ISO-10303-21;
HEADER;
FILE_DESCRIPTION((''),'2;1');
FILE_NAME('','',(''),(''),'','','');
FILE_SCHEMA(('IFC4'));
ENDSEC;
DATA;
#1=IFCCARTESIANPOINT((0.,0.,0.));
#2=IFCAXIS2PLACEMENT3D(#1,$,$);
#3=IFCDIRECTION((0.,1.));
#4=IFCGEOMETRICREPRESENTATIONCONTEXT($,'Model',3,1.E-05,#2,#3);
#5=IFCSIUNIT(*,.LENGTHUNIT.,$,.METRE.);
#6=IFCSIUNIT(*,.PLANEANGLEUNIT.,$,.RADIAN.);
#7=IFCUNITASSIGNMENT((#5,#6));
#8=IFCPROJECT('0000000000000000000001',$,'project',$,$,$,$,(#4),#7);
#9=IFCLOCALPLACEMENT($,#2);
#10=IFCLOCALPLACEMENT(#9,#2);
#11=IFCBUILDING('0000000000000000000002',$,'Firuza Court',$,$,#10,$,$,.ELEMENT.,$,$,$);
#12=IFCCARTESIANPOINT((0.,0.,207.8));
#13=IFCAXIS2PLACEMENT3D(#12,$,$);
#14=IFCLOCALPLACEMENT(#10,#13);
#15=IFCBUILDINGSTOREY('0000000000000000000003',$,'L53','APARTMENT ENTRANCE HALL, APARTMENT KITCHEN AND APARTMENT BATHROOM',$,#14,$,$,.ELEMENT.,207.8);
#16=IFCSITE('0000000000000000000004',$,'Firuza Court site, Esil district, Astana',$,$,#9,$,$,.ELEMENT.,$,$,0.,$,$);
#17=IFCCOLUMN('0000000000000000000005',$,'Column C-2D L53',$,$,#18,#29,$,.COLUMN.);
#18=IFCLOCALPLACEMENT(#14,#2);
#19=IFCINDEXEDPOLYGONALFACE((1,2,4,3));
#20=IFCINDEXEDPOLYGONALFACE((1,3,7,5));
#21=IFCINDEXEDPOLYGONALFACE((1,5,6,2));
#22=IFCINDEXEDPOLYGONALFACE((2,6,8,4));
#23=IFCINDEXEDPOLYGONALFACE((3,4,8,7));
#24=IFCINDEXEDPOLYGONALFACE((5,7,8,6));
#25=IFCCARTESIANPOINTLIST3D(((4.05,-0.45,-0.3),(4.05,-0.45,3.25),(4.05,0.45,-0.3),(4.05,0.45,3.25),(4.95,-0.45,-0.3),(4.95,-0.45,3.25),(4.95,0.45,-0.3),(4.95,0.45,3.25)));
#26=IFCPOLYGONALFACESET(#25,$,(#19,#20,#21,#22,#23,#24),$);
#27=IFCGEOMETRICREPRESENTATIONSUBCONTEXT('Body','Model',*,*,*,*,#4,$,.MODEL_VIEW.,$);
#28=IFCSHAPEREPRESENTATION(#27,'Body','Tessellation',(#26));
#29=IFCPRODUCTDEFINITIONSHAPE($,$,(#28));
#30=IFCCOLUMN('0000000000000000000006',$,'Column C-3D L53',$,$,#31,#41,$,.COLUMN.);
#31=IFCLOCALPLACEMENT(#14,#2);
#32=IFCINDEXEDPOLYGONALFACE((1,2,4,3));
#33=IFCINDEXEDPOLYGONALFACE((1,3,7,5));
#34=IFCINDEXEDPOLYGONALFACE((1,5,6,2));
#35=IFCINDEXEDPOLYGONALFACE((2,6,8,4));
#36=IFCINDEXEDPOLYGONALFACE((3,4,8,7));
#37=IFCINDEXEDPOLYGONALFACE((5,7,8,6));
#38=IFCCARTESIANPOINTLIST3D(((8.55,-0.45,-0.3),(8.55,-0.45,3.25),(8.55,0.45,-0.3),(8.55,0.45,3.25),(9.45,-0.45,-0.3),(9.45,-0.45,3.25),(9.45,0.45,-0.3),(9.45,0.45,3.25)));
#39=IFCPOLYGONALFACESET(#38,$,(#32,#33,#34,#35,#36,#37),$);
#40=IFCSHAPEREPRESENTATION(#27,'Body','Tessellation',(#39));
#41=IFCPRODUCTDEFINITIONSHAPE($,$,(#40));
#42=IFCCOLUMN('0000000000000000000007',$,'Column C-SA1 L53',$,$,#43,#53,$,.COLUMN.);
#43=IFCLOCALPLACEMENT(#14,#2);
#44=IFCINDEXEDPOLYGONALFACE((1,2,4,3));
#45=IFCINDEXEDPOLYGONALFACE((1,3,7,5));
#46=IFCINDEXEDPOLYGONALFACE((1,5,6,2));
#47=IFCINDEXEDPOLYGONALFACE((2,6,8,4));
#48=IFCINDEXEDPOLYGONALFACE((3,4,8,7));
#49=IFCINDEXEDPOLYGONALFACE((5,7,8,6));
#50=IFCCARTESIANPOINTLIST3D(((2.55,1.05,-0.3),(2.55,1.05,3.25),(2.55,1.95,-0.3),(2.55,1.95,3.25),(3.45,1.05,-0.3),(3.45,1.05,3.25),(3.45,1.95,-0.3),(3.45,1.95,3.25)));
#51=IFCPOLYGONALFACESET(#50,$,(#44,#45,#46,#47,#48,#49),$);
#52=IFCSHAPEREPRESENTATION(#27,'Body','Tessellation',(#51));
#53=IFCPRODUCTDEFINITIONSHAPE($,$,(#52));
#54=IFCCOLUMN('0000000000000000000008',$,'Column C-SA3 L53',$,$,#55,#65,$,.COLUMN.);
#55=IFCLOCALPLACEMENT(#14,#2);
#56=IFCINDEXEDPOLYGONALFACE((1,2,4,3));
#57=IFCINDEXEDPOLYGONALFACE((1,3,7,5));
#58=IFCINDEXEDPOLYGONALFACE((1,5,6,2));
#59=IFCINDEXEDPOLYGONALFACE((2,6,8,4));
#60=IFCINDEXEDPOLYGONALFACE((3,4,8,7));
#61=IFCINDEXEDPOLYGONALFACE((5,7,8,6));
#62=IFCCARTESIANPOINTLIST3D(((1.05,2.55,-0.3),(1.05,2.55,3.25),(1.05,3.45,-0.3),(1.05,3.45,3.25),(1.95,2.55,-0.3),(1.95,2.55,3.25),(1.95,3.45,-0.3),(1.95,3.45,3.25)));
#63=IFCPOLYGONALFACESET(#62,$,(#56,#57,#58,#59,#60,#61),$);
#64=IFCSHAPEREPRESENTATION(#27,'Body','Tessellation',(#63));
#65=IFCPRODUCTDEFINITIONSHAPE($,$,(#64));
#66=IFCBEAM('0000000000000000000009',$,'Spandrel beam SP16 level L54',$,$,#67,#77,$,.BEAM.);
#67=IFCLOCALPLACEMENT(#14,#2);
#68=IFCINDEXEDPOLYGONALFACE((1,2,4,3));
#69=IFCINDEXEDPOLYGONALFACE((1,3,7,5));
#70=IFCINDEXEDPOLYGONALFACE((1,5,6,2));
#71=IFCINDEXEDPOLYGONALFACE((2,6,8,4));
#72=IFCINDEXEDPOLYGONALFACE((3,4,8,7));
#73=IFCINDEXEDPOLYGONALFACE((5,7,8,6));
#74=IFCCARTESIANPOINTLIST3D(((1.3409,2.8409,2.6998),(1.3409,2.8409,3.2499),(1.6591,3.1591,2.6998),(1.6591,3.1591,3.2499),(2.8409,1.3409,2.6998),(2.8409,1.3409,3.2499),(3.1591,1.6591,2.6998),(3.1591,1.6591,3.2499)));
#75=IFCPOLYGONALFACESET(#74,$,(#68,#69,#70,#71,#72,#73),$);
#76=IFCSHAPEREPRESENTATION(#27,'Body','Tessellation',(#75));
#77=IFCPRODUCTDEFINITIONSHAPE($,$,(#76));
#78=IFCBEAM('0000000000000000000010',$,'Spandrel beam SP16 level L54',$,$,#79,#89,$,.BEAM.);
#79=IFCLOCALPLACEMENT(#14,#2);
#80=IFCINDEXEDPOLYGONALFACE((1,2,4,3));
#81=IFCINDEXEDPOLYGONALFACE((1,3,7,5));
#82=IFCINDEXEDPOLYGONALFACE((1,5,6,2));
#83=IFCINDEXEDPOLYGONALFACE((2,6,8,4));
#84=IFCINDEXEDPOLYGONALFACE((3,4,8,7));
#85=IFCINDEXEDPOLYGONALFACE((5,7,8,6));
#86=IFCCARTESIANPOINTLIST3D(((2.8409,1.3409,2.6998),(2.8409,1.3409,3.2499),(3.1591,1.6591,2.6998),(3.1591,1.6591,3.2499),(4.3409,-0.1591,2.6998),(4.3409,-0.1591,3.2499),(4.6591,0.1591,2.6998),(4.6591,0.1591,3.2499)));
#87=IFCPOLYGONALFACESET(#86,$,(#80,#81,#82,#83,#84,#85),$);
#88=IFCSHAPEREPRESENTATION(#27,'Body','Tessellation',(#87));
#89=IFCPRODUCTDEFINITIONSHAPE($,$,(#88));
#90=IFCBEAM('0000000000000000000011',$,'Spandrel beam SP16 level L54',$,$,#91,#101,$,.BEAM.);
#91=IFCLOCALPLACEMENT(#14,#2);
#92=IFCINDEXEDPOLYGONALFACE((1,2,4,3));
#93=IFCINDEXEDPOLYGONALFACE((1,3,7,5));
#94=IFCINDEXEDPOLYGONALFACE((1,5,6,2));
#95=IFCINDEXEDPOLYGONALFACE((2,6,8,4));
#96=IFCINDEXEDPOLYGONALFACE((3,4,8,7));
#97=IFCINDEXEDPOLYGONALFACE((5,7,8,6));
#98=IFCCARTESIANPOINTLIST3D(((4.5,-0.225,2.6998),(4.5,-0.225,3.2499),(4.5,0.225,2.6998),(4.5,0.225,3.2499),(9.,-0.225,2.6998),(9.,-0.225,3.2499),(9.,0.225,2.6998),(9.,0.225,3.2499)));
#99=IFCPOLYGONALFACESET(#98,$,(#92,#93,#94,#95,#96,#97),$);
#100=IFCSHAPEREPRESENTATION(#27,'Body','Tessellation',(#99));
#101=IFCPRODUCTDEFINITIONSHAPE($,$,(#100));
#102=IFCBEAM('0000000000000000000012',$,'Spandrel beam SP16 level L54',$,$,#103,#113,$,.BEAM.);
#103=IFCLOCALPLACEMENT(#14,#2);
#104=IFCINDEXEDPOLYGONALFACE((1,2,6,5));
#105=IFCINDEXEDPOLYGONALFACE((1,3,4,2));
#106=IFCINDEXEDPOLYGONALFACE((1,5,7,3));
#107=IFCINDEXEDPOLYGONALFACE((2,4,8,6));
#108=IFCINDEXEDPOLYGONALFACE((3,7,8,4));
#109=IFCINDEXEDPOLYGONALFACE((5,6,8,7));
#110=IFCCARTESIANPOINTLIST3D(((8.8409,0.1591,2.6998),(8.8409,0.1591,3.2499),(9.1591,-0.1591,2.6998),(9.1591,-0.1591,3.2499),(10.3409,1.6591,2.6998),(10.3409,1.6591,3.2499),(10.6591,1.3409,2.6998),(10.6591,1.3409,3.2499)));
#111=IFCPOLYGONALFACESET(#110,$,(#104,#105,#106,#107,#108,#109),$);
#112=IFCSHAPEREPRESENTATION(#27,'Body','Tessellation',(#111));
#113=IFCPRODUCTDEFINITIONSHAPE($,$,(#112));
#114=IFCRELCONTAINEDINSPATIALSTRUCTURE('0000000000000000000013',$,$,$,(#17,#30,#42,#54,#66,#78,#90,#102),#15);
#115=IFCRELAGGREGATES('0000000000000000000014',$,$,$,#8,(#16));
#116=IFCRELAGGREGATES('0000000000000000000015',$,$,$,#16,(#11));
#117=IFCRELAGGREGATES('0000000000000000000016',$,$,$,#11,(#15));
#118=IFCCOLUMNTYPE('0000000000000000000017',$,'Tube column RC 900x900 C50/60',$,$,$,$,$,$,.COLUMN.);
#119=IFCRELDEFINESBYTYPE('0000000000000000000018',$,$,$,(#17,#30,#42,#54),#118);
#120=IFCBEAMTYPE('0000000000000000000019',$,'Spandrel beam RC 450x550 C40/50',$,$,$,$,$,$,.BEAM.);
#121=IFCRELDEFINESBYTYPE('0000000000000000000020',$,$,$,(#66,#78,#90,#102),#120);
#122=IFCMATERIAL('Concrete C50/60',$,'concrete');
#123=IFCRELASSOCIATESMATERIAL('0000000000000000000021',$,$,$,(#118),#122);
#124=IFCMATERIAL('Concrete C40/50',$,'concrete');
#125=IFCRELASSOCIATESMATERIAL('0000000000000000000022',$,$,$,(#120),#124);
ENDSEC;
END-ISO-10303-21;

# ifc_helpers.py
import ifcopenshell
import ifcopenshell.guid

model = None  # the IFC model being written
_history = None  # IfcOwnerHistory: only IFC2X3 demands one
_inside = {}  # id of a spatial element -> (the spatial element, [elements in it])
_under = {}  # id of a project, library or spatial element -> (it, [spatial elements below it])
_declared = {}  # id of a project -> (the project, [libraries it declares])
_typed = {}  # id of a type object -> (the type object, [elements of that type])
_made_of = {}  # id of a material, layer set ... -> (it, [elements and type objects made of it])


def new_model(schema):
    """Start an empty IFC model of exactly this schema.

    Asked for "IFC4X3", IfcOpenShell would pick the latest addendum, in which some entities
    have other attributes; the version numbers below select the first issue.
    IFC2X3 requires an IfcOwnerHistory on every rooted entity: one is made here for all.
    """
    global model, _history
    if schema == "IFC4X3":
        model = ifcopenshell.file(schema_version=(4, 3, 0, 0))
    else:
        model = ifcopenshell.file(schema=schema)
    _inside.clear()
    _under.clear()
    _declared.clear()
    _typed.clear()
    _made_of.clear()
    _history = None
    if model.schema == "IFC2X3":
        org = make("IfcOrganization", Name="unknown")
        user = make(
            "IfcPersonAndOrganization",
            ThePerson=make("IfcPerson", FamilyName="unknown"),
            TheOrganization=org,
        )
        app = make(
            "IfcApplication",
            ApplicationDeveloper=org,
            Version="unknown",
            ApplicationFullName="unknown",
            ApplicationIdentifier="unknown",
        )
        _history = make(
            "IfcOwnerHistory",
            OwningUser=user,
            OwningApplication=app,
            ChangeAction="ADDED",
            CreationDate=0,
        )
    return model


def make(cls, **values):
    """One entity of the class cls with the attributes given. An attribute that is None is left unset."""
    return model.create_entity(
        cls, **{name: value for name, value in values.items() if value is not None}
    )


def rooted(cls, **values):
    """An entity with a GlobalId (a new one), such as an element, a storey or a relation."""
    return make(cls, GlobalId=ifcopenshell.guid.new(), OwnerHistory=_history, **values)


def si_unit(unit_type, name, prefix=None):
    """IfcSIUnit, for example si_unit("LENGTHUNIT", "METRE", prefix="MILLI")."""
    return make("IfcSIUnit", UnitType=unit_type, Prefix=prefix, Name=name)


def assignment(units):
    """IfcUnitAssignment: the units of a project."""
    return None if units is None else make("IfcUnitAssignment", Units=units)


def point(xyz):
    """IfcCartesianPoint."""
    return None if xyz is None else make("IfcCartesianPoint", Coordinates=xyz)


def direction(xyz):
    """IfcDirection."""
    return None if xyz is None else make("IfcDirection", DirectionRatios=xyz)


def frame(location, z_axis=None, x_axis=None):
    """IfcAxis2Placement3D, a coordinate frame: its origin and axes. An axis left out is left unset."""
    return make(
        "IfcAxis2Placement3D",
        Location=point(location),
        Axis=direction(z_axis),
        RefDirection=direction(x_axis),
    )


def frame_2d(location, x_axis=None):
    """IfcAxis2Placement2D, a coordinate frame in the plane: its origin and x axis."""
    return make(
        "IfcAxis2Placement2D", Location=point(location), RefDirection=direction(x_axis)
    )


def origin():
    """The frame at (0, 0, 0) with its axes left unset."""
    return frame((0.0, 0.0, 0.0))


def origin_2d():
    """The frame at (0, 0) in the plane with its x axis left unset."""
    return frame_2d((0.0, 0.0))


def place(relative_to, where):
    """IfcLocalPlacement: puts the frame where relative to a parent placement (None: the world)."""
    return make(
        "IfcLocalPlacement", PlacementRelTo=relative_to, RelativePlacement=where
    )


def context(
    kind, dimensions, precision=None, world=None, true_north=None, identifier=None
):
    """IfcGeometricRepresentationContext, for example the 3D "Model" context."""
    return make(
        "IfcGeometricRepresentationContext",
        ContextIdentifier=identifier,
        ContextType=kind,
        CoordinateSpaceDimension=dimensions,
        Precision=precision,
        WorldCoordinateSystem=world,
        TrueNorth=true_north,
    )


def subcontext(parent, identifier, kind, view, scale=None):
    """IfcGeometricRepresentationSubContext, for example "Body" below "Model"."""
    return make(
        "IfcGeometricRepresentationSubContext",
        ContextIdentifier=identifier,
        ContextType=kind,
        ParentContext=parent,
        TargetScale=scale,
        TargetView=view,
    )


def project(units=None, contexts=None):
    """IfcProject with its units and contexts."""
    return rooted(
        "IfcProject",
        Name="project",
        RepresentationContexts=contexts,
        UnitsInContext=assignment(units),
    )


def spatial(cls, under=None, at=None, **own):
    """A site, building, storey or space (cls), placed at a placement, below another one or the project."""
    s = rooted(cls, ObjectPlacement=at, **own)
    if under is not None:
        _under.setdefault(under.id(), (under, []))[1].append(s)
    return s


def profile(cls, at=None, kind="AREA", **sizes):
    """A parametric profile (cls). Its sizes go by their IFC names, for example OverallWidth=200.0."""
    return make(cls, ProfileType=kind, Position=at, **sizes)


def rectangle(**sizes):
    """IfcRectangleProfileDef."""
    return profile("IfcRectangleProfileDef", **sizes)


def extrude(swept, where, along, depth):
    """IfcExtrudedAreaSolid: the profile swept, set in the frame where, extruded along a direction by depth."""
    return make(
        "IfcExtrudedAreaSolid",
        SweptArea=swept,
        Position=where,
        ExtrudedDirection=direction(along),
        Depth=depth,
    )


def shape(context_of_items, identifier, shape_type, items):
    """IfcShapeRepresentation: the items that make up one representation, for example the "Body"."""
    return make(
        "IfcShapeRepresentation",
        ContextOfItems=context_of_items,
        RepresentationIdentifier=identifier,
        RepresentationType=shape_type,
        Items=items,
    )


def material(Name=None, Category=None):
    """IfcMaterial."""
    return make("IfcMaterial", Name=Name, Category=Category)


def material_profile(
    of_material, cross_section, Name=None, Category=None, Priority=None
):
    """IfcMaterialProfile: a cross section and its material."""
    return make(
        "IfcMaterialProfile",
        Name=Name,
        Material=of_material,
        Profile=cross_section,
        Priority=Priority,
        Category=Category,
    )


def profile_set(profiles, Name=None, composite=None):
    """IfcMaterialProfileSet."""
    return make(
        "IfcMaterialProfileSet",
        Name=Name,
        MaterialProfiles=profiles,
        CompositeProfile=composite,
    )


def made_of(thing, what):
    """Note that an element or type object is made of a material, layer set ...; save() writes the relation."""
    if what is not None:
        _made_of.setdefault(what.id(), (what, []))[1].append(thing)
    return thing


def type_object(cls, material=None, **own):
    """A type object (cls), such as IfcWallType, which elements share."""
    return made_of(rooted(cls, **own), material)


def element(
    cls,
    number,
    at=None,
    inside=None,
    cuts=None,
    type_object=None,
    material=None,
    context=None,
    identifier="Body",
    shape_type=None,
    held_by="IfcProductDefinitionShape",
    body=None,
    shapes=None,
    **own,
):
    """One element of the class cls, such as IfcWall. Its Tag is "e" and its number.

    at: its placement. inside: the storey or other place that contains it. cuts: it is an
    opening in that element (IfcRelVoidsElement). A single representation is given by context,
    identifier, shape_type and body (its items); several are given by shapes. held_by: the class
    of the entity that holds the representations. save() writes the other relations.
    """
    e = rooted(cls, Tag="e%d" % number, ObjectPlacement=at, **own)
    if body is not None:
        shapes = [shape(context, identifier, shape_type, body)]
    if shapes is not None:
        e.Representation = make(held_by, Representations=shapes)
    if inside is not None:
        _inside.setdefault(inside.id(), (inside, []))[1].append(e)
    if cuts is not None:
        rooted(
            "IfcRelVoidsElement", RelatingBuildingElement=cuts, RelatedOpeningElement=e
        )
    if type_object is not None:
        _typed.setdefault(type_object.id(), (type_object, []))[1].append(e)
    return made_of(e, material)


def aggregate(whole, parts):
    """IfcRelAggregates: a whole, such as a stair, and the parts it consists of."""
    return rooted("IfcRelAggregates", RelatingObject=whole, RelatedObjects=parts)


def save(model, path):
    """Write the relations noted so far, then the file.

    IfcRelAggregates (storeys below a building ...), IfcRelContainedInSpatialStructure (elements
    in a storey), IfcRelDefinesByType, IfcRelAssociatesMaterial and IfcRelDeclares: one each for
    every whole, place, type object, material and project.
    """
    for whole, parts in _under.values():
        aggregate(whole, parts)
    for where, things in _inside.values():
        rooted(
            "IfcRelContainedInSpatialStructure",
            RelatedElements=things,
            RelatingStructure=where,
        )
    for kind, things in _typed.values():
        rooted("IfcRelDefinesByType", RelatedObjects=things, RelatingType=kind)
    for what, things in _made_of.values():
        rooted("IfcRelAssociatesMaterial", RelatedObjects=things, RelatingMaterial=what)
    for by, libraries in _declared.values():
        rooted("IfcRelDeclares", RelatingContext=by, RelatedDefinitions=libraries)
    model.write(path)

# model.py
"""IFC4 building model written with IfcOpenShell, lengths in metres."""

from ifc_helpers import new_model, si_unit, direction, frame, origin, origin_2d, place, context, subcontext, project, spatial, rectangle, extrude, material, material_profile, profile_set, type_object, element, save


model = new_model("IFC4")

# Units and contexts
model_context = context("Model", 3, precision=1e-05, world=origin(), true_north=direction((0.0, 1.0)))
body_context = subcontext(model_context, "Body", "Model", "MODEL_VIEW")
ifc_project = project(units=[si_unit("LENGTHUNIT", "METRE"), si_unit("PLANEANGLEUNIT", "RADIAN")], contexts=[model_context])

# Site, building, storey
site_placement = place(None, origin())
site = spatial("IfcSite", under=ifc_project, at=site_placement, Name="Firuza Court site, Esil district, Astana", CompositionType="ELEMENT", RefElevation=0.0)
building_placement = place(site_placement, origin())
building = spatial("IfcBuilding", under=site, at=building_placement, Name="Firuza Court", CompositionType="ELEMENT")
storey_placement = place(building_placement, frame((0.0, 0.0, 207.8)))
storey = spatial("IfcBuildingStorey", under=building, at=storey_placement, Name="L53", Description="APARTMENT ENTRANCE HALL, APARTMENT KITCHEN AND APARTMENT BATHROOM", CompositionType="ELEMENT", Elevation=207.8)

# Columns
ifc_material_1 = material(Name="Concrete C50/60", Category="concrete")
ifc_material_profile_1 = material_profile(ifc_material_1, rectangle(XDim=0.8999, YDim=0.8999, at=origin_2d()), Name="RC 900x900")
ifc_profile_set_1 = profile_set([ifc_material_profile_1], Name="Concrete C50/60")
column_type = type_object("IfcColumnType", Name="Tube column RC 900x900 C50/60", PredefinedType="COLUMN", material=ifc_profile_set_1)
for number, where, z_axis, x_axis, name in (
    (1, (4.5, 0.0, -0.3), (0.0, 0.0, 1.0), (1.0, 0.0, 0.0), "Column C-2D L53"),
    (2, (9.0, 0.0, -0.3), (0.0, 0.0, 1.0), (1.0, 0.0, 0.0), "Column C-3D L53"),
    (3, (3.0, 1.5, -0.3), (0.0, 0.0, 1.0), (1.0, 0.0, 0.0), "Column C-SA1 L53"),
    (4, (1.5, 3.0, -0.3), (0.0, 0.0, 1.0), (1.0, 0.0, 0.0), "Column C-SA3 L53"),
):
    element("IfcColumn", number, at=place(storey_placement, frame(where, z_axis=z_axis, x_axis=x_axis)), inside=storey, type_object=column_type, Name=name, PredefinedType="COLUMN", context=body_context, shape_type="SweptSolid", body=[
        extrude(rectangle(XDim=0.8999, YDim=0.8999, at=origin_2d()), origin(), (0.0, 0.0, 1.0), 3.55),
    ])

# Beams
ifc_material_2 = material(Name="Concrete C40/50", Category="concrete")
ifc_material_profile_2 = material_profile(ifc_material_2, rectangle(XDim=0.45, YDim=0.55, at=origin_2d()), Name="RC 450x550")
ifc_profile_set_2 = profile_set([ifc_material_profile_2], Name="Concrete C40/50")
beam_type = type_object("IfcBeamType", Name="Spandrel beam RC 450x550 C40/50", PredefinedType="BEAM", material=ifc_profile_set_2)
for number, where, z_axis, x_axis, name in (
    (5, (1.5, 3.0, 2.9749), (0.707107, -0.707107, 0.0), (0.707107, 0.707107, 0.0), "Spandrel beam SP16 level L54"),
    (6, (3.0, 1.5, 2.9749), (0.707107, -0.707107, 0.0), (0.707107, 0.707107, 0.0), "Spandrel beam SP16 level L54"),
):
    element("IfcBeam", number, at=place(storey_placement, frame(where, z_axis=z_axis, x_axis=x_axis)), inside=storey, type_object=beam_type, Name=name, PredefinedType="BEAM", context=body_context, shape_type="SweptSolid", body=[
        extrude(rectangle(XDim=0.45, YDim=0.55, at=origin_2d()), origin(), (0.0, 0.0, 1.0), 2.1213),
    ])
beam_1_placement = place(storey_placement, frame((4.5, 0.0, 2.9749), z_axis=(1.0, 0.0, 0.0), x_axis=(0.0, 1.0, 0.0)))
element("IfcBeam", 7, at=beam_1_placement, inside=storey, type_object=beam_type, Name="Spandrel beam SP16 level L54", PredefinedType="BEAM", context=body_context, shape_type="SweptSolid", body=[
    extrude(rectangle(XDim=0.45, YDim=0.55, at=origin_2d()), origin(), (0.0, 0.0, 1.0), 4.5),
])
beam_2_placement = place(storey_placement, frame((9.0, 0.0, 2.9749), z_axis=(0.707107, 0.707107, 0.0), x_axis=(-0.707107, 0.707107, 0.0)))
element("IfcBeam", 8, at=beam_2_placement, inside=storey, type_object=beam_type, Name="Spandrel beam SP16 level L54", PredefinedType="BEAM", context=body_context, shape_type="SweptSolid", body=[
    extrude(rectangle(XDim=0.45, YDim=0.55, at=origin_2d()), origin(), (0.0, 0.0, 1.0), 2.1213),
])

save(model, "model.ifc")
